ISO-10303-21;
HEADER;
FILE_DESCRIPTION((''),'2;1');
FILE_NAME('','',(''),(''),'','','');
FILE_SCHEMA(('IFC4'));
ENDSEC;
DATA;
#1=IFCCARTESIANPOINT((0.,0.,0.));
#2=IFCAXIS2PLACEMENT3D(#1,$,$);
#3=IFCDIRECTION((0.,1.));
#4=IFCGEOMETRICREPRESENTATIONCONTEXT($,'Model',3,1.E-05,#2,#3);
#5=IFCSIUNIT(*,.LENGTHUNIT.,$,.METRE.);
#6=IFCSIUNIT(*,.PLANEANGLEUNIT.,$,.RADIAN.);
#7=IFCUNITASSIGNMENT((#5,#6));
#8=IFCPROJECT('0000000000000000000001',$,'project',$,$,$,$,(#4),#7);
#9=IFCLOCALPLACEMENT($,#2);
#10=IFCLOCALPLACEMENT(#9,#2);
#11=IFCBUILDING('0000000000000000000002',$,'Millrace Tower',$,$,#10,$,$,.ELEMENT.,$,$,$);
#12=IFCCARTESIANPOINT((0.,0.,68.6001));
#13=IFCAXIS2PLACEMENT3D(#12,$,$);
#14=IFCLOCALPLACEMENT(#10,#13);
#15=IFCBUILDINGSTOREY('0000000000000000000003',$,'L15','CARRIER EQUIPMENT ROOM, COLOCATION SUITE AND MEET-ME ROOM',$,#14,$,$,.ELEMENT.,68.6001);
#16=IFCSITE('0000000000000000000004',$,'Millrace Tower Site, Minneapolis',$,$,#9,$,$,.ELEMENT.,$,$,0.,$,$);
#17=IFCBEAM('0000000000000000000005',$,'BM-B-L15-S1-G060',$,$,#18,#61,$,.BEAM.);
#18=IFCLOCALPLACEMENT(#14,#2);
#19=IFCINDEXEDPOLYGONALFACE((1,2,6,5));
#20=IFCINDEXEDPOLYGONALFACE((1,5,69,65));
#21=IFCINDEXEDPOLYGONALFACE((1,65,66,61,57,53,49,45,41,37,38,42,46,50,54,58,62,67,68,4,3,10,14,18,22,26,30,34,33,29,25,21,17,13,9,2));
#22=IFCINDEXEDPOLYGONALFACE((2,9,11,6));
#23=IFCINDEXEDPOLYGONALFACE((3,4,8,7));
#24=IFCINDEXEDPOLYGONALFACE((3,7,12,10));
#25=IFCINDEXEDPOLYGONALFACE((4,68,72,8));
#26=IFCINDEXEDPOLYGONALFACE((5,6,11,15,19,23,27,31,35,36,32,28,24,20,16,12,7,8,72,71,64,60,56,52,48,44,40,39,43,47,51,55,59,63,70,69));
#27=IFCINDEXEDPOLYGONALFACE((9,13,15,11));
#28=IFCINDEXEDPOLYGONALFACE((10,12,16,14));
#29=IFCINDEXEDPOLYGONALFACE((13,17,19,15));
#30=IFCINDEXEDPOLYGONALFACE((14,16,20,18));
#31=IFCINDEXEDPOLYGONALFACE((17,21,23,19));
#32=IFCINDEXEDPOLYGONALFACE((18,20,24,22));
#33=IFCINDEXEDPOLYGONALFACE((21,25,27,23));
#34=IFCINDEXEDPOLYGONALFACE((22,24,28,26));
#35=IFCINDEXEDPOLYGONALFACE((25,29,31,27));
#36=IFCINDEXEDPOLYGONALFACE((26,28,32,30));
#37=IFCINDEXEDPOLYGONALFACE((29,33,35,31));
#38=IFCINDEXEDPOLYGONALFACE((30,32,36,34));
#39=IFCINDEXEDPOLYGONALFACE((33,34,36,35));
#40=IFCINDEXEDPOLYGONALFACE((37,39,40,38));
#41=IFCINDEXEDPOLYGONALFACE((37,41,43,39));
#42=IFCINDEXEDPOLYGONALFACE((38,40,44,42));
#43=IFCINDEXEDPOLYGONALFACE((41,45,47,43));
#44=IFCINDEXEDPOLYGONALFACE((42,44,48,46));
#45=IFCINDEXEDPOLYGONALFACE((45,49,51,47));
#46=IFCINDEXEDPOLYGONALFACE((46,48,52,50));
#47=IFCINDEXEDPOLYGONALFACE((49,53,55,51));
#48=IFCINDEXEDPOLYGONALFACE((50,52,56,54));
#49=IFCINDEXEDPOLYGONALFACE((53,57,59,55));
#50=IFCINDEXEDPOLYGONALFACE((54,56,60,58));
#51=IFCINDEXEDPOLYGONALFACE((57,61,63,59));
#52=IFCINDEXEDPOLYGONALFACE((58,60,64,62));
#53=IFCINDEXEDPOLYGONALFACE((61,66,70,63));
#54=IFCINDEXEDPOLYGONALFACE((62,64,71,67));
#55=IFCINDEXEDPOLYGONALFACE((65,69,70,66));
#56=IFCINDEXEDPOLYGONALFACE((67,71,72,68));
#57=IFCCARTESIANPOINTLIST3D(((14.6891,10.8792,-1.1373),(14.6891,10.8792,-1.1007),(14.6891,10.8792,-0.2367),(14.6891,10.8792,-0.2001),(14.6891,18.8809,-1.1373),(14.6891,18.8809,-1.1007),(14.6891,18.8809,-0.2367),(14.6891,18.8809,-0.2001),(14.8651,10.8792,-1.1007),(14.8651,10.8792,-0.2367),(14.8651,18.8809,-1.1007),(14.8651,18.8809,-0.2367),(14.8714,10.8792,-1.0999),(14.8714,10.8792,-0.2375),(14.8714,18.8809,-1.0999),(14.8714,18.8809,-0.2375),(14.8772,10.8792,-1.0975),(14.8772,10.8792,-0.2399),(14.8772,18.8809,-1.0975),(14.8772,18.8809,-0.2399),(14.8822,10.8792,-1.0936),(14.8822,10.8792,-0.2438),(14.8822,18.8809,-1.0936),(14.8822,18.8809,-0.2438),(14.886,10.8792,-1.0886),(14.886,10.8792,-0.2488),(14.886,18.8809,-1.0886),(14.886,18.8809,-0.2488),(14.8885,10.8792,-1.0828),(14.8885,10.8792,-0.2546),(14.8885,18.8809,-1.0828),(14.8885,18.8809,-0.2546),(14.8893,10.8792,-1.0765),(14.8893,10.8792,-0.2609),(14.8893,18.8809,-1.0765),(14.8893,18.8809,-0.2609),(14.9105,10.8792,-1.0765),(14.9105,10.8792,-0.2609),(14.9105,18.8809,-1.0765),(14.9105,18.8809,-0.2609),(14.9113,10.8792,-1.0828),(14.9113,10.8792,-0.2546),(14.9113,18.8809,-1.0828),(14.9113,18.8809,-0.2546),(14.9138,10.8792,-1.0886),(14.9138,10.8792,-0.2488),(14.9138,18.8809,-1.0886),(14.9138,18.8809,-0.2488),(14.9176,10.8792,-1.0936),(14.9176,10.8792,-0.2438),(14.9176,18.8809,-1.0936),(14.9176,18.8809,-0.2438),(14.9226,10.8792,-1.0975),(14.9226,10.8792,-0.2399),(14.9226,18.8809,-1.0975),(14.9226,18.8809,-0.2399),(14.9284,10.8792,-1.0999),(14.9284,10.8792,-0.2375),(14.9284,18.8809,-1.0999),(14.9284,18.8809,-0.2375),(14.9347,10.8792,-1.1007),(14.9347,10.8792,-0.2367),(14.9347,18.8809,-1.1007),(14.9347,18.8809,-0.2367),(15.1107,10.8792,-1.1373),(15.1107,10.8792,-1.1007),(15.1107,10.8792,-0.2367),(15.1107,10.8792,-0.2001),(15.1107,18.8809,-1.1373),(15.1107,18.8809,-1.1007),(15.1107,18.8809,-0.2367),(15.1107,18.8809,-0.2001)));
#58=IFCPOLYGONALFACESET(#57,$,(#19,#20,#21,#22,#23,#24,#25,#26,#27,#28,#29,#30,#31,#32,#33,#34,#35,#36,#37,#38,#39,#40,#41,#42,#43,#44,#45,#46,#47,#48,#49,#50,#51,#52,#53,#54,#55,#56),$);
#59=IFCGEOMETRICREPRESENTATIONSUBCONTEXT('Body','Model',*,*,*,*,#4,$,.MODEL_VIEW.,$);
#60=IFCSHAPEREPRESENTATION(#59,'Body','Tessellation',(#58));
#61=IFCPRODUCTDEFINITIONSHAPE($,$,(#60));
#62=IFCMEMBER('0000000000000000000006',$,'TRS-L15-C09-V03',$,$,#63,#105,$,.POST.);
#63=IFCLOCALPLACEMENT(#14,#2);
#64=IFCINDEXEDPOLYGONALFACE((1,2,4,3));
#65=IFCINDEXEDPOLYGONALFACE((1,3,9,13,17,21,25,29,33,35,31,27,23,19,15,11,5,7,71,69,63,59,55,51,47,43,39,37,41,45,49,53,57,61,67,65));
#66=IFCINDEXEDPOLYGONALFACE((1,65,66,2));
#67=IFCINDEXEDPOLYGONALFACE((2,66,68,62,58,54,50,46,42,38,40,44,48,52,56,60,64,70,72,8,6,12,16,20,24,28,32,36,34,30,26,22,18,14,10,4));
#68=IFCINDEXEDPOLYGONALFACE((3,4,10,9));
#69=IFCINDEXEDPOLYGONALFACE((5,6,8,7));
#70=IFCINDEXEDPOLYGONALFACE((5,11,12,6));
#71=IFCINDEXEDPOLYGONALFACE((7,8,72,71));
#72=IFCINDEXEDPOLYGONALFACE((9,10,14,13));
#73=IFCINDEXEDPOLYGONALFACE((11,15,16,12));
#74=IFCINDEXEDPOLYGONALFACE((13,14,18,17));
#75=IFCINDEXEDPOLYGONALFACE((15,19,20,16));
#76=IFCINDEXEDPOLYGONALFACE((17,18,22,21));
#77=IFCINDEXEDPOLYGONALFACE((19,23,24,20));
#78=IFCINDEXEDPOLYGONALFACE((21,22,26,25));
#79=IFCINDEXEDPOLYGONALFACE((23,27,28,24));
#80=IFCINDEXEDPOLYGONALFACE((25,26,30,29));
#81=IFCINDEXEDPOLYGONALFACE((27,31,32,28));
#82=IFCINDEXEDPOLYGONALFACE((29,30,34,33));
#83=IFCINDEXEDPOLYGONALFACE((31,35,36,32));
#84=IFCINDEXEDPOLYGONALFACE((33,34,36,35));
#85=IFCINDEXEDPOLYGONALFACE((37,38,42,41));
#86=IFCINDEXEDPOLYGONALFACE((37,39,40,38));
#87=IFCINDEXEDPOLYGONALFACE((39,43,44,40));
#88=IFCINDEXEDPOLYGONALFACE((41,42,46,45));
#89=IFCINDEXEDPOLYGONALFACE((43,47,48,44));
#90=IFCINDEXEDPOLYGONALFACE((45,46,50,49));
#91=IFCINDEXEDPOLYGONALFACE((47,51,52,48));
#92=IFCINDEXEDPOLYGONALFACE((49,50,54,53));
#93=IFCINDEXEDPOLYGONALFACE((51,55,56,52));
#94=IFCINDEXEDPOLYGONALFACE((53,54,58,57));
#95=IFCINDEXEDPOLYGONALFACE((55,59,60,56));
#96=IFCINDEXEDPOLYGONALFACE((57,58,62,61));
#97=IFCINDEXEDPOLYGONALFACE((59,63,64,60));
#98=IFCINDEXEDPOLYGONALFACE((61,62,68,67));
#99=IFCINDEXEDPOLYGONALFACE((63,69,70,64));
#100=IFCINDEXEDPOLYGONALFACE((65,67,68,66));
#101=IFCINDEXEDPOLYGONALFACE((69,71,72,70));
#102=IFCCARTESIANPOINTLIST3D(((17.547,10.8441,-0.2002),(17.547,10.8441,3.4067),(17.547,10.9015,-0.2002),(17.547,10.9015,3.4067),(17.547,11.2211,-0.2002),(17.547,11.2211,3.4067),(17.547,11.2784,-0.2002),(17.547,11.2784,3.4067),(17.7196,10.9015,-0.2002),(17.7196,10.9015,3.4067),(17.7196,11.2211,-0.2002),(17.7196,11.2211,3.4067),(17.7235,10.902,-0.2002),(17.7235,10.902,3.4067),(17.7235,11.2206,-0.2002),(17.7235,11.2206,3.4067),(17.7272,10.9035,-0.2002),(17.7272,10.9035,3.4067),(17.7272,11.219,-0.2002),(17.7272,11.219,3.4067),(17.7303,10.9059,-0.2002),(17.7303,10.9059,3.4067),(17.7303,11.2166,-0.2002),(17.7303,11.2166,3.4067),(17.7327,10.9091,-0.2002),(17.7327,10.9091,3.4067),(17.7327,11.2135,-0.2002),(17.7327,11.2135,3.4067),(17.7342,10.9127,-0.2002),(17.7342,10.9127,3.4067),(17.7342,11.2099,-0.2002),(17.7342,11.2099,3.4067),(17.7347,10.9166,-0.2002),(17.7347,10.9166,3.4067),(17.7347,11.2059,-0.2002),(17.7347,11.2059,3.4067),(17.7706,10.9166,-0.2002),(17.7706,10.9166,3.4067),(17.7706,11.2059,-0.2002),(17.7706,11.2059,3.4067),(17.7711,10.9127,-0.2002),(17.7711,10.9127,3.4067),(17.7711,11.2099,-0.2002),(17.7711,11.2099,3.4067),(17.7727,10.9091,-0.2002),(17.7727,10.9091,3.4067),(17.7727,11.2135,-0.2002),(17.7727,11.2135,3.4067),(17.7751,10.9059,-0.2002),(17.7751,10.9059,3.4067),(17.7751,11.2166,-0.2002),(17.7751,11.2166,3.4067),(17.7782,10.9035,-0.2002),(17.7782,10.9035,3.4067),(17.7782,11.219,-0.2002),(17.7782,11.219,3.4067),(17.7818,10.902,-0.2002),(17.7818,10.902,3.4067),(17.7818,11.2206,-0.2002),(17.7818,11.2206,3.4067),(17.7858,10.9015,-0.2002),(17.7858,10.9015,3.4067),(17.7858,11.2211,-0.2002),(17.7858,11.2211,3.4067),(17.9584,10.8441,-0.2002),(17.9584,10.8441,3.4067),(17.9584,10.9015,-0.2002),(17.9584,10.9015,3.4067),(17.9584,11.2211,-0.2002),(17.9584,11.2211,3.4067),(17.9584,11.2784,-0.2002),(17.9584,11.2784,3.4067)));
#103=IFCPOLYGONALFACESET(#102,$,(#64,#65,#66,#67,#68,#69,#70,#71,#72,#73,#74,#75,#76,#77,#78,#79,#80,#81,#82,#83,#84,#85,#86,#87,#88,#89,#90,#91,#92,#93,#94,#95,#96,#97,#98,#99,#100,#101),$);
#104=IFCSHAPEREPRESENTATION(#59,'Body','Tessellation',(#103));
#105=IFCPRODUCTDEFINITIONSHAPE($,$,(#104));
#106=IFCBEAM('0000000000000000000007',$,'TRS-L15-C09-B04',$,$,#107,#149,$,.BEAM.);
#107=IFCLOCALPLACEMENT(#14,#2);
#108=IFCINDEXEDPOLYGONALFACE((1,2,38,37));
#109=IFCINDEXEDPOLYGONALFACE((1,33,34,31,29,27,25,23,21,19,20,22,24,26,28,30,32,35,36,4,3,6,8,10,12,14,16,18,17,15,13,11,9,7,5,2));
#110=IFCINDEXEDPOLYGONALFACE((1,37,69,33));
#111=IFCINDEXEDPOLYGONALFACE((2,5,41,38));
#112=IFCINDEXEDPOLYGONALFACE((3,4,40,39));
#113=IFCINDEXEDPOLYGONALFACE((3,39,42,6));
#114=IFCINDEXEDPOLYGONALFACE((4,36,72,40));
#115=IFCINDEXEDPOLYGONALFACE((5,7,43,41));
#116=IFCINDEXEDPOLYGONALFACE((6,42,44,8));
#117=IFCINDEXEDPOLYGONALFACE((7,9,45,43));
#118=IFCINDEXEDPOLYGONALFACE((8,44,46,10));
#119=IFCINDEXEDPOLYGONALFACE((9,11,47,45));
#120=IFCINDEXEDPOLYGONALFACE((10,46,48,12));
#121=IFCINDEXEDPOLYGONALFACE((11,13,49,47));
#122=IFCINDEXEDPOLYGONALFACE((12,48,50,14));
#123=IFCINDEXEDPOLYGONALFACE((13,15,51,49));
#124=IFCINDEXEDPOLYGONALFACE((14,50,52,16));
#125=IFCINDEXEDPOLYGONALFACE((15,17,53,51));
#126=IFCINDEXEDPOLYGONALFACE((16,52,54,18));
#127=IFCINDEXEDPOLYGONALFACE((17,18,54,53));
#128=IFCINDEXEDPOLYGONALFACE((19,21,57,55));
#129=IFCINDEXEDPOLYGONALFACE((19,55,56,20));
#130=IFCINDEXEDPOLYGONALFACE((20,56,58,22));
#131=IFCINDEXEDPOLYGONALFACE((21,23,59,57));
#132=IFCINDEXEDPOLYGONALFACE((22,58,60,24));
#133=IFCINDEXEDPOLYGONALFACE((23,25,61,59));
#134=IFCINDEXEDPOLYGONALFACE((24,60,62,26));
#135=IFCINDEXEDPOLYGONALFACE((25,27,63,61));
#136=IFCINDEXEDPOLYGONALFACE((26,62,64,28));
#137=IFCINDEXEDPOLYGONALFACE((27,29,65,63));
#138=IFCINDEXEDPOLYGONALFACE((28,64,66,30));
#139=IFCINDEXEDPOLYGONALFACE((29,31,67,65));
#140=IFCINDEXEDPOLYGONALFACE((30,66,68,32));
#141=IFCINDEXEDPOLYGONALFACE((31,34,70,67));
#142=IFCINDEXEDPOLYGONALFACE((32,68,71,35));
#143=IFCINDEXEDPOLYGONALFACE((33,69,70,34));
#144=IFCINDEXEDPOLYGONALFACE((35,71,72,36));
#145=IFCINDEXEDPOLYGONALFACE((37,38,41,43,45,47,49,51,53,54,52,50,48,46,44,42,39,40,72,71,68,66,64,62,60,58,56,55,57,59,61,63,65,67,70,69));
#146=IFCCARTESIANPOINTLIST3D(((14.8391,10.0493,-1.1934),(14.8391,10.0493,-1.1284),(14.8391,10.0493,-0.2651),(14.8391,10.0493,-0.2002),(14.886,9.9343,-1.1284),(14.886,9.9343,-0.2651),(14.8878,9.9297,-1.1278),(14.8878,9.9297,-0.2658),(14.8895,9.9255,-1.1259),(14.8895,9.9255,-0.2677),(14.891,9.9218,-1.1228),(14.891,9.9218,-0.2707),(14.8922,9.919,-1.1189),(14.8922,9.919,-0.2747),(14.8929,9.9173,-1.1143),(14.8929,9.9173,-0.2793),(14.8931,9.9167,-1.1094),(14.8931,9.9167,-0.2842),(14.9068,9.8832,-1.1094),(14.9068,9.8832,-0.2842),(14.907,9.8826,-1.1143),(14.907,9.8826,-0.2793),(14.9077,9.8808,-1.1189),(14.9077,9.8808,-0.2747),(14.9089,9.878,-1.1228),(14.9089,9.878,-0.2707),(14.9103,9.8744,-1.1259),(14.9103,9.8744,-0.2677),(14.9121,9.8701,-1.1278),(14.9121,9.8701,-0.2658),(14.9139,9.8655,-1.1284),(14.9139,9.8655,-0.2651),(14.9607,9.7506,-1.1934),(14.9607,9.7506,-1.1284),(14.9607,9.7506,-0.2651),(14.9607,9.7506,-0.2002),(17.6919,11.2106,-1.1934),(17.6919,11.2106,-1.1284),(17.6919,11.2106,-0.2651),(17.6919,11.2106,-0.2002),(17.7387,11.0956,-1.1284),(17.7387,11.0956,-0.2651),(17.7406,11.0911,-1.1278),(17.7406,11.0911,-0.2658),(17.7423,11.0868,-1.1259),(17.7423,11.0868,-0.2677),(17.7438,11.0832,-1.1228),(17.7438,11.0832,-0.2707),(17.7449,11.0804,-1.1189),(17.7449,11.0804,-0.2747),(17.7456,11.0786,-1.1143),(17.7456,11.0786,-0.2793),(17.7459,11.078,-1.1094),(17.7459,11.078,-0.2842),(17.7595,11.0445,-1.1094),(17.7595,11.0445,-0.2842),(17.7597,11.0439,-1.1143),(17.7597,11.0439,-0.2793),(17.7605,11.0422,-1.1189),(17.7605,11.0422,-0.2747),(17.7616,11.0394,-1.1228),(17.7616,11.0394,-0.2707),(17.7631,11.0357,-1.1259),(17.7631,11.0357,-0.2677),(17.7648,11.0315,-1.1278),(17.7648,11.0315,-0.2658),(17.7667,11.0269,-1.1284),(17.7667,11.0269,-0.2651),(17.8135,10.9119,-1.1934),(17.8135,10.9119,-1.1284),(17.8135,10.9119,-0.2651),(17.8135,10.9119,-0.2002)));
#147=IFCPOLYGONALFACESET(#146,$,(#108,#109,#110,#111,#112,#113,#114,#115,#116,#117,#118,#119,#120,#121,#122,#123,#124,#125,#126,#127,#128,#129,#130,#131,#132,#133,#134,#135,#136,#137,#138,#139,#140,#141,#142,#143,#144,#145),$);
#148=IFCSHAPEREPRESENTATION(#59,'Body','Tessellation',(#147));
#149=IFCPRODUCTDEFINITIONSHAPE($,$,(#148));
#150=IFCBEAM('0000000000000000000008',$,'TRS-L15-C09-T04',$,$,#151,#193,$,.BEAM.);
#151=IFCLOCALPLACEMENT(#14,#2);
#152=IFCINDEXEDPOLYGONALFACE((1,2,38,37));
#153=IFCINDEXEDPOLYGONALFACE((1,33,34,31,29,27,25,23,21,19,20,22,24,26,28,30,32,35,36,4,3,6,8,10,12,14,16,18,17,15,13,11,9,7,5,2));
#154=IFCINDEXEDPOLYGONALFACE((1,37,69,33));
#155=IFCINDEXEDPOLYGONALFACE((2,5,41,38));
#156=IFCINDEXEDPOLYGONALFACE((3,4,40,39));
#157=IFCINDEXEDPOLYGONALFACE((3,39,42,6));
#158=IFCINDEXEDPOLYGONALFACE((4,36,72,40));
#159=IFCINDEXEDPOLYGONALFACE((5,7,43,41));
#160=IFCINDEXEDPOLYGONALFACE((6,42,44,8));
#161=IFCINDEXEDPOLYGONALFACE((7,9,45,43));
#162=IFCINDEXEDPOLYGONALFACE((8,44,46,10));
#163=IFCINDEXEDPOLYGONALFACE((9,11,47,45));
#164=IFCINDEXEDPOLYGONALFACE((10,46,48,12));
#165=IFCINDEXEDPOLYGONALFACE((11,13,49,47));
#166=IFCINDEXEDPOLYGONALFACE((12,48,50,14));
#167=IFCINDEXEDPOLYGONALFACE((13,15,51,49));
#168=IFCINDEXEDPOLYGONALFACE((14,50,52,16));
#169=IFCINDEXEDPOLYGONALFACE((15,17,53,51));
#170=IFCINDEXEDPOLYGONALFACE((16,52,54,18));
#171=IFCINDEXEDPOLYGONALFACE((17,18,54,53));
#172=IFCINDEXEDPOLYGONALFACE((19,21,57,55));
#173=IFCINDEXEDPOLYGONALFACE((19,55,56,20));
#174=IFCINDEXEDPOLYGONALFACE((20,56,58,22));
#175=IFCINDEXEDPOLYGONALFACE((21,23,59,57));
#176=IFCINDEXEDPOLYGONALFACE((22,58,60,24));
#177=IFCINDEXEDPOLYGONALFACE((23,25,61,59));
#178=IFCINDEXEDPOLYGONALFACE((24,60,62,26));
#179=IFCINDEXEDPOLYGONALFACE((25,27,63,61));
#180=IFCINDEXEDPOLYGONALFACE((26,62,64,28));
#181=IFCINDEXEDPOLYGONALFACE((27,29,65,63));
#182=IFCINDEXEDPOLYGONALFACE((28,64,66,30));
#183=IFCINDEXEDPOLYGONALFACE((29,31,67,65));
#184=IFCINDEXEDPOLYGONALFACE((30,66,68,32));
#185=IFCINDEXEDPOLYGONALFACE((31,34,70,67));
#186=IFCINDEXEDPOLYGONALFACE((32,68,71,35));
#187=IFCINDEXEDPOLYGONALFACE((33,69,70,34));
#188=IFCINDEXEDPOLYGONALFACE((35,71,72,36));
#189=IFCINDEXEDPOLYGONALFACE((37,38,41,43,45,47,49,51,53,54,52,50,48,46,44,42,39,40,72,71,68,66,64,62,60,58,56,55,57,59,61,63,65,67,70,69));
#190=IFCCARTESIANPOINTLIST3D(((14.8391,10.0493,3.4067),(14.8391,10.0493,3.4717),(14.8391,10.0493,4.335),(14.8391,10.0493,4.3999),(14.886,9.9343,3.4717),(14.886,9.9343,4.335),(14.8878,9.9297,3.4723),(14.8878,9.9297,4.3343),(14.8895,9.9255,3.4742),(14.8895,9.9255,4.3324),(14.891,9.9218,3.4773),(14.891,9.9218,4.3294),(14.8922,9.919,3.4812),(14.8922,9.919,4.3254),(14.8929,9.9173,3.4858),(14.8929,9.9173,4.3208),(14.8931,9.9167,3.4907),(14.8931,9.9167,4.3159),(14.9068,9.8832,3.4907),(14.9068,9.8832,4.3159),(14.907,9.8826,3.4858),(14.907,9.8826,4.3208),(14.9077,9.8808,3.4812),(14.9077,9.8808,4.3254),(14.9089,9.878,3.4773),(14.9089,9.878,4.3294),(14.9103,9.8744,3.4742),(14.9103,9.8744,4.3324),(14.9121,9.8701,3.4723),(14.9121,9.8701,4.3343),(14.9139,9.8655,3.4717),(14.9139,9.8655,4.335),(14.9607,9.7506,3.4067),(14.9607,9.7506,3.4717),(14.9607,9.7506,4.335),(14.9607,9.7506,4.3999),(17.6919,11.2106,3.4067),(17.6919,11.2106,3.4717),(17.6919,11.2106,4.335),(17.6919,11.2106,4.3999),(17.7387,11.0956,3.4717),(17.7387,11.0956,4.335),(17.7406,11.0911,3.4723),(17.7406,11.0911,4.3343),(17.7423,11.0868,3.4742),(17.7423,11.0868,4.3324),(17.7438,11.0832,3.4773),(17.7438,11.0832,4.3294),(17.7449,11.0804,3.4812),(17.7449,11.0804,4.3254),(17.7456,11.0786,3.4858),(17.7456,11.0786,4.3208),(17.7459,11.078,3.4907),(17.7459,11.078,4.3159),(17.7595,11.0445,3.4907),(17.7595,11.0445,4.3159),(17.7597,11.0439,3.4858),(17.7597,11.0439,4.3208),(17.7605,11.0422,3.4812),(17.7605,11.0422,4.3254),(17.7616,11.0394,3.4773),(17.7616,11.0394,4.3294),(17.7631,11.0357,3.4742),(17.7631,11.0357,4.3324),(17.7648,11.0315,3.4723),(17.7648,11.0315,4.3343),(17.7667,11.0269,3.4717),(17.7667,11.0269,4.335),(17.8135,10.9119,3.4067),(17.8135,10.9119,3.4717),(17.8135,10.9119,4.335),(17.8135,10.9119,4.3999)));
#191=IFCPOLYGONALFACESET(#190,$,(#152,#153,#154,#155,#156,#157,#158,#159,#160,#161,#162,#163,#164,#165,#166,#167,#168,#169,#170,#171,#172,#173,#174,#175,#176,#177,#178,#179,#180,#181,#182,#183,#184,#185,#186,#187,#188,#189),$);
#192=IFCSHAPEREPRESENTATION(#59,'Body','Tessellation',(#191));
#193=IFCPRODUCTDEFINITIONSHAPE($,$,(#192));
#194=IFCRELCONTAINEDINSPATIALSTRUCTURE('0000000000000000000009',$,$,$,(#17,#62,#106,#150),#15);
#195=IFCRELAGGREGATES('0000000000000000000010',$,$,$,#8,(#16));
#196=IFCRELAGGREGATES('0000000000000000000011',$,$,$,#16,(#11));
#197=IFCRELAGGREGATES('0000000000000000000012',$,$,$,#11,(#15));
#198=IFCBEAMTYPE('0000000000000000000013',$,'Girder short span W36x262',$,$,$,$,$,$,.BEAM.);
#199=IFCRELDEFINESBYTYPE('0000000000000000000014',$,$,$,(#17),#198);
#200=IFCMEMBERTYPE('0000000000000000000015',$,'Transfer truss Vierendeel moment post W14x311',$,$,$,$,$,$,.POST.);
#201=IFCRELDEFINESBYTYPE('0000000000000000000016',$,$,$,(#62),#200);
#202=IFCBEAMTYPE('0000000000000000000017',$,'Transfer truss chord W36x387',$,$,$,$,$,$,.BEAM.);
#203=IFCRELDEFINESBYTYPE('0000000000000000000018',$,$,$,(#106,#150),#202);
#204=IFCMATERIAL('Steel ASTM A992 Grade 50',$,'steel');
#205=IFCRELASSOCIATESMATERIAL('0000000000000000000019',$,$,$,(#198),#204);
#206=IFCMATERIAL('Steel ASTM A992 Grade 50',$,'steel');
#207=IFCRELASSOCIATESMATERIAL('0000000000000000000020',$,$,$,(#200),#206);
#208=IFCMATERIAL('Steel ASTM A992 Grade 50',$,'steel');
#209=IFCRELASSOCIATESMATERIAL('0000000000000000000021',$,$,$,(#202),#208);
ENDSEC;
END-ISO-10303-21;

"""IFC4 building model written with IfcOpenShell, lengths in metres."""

from ifc_helpers import new_model, si_unit, direction, frame, origin, origin_2d, place, context, subcontext, project, spatial, i_section, extrude, material, material_profile, profile_set, type_object, element, save


model = new_model("IFC4")

# Units and contexts
model_context = context("Model", 3, precision=1e-05, world=origin(), true_north=direction((0.0, 1.0)))
body_context = subcontext(model_context, "Body", "Model", "MODEL_VIEW")
ifc_project = project(units=[si_unit("LENGTHUNIT", "METRE"), si_unit("PLANEANGLEUNIT", "RADIAN")], contexts=[model_context])

# Site, building, storey
site_placement = place(None, origin())
site = spatial("IfcSite", under=ifc_project, at=site_placement, Name="Millrace Tower Site, Minneapolis", CompositionType="ELEMENT", RefElevation=0.0)
building_placement = place(site_placement, origin())
building = spatial("IfcBuilding", under=site, at=building_placement, Name="Millrace Tower", CompositionType="ELEMENT")
storey_placement = place(building_placement, frame((0.0, 0.0, 68.6001)))
storey = spatial("IfcBuildingStorey", under=building, at=storey_placement, Name="L15", Description="CARRIER EQUIPMENT ROOM, COLOCATION SUITE AND MEET-ME ROOM", CompositionType="ELEMENT", Elevation=68.6001)

# Beam
ifc_material_1 = material(Name="Steel ASTM A992 Grade 50", Category="steel")
ifc_material_profile_1 = material_profile(ifc_material_1, i_section(OverallWidth=0.4216, OverallDepth=0.9373, WebThickness=0.0212, FlangeThickness=0.0366, FilletRadius=0.0242, at=origin_2d()))
ifc_profile_set_1 = profile_set([ifc_material_profile_1], Name="Steel ASTM A992 Grade 50")
beam_type_1 = type_object("IfcBeamType", Name="Girder short span W36x262", PredefinedType="BEAM", material=ifc_profile_set_1)
beam_1_placement = place(storey_placement, frame((14.8999, 10.8792, -0.6687), z_axis=(0.0, 1.0, 0.0), x_axis=(-1.0, 0.0, 0.0)))
element("IfcBeam", 1, at=beam_1_placement, inside=storey, type_object=beam_type_1, Name="BM-B-L15-S1-G060", PredefinedType="BEAM", context=body_context, shape_type="SweptSolid", body=[
    extrude(i_section(OverallWidth=0.4216, OverallDepth=0.9373, WebThickness=0.0212, FlangeThickness=0.0366, FilletRadius=0.0242, at=origin_2d()), origin(), (0.0, 0.0, 1.0), 8.0017),
])

# Member
ifc_material_2 = material(Name="Steel ASTM A992 Grade 50", Category="steel")
ifc_material_profile_2 = material_profile(ifc_material_2, i_section(OverallWidth=0.4114, OverallDepth=0.4343, WebThickness=0.0359, FlangeThickness=0.0574, FilletRadius=0.0151, at=origin_2d()))
ifc_profile_set_2 = profile_set([ifc_material_profile_2], Name="Steel ASTM A992 Grade 50")
member_type = type_object("IfcMemberType", Name="Transfer truss Vierendeel moment post W14x311", PredefinedType="POST", material=ifc_profile_set_2)
member_placement = place(storey_placement, frame((17.7527, 11.0613, -0.2002), z_axis=(0.0, 0.0, 1.0), x_axis=(1.0, 0.0, 0.0)))
element("IfcMember", 2, at=member_placement, inside=storey, type_object=member_type, Name="TRS-L15-C09-V03", PredefinedType="POST", context=body_context, shape_type="SweptSolid", body=[
    extrude(i_section(OverallWidth=0.4114, OverallDepth=0.4343, WebThickness=0.0359, FlangeThickness=0.0574, FilletRadius=0.0151, at=origin_2d()), origin(), (0.0, 0.0, 1.0), 3.6069),
])

# Beams
ifc_material_3 = material(Name="Steel ASTM A992 Grade 50", Category="steel")
ifc_material_profile_3 = material_profile(ifc_material_3, i_section(OverallWidth=0.3225, OverallDepth=0.9932, WebThickness=0.0361, FlangeThickness=0.0649, FilletRadius=0.019, at=origin_2d()))
ifc_profile_set_3 = profile_set([ifc_material_profile_3], Name="Steel ASTM A992 Grade 50")
beam_type_2 = type_object("IfcBeamType", Name="Transfer truss chord W36x387", PredefinedType="BEAM", material=ifc_profile_set_3)
for number, where, z_axis, x_axis, name in (
    (3, (17.7527, 11.0613, -0.6968), (-0.926191, -0.377055, 0.0), (0.377055, -0.926191, 0.0), "TRS-L15-C09-B04"),
    (4, (17.7527, 11.0613, 3.9033), (-0.926191, -0.377055, 0.0), (0.377055, -0.926191, 0.0), "TRS-L15-C09-T04"),
):
    element("IfcBeam", number, at=place(storey_placement, frame(where, z_axis=z_axis, x_axis=x_axis)), inside=storey, type_object=beam_type_2, Name=name, PredefinedType="BEAM", context=body_context, shape_type="SweptSolid", body=[
        extrude(i_section(OverallWidth=0.3225, OverallDepth=0.9932, WebThickness=0.0361, FlangeThickness=0.0649, FilletRadius=0.019, at=origin_2d()), origin(), (0.0, 0.0, 1.0), 3.0801),
    ])

save(model, "model.ifc")
